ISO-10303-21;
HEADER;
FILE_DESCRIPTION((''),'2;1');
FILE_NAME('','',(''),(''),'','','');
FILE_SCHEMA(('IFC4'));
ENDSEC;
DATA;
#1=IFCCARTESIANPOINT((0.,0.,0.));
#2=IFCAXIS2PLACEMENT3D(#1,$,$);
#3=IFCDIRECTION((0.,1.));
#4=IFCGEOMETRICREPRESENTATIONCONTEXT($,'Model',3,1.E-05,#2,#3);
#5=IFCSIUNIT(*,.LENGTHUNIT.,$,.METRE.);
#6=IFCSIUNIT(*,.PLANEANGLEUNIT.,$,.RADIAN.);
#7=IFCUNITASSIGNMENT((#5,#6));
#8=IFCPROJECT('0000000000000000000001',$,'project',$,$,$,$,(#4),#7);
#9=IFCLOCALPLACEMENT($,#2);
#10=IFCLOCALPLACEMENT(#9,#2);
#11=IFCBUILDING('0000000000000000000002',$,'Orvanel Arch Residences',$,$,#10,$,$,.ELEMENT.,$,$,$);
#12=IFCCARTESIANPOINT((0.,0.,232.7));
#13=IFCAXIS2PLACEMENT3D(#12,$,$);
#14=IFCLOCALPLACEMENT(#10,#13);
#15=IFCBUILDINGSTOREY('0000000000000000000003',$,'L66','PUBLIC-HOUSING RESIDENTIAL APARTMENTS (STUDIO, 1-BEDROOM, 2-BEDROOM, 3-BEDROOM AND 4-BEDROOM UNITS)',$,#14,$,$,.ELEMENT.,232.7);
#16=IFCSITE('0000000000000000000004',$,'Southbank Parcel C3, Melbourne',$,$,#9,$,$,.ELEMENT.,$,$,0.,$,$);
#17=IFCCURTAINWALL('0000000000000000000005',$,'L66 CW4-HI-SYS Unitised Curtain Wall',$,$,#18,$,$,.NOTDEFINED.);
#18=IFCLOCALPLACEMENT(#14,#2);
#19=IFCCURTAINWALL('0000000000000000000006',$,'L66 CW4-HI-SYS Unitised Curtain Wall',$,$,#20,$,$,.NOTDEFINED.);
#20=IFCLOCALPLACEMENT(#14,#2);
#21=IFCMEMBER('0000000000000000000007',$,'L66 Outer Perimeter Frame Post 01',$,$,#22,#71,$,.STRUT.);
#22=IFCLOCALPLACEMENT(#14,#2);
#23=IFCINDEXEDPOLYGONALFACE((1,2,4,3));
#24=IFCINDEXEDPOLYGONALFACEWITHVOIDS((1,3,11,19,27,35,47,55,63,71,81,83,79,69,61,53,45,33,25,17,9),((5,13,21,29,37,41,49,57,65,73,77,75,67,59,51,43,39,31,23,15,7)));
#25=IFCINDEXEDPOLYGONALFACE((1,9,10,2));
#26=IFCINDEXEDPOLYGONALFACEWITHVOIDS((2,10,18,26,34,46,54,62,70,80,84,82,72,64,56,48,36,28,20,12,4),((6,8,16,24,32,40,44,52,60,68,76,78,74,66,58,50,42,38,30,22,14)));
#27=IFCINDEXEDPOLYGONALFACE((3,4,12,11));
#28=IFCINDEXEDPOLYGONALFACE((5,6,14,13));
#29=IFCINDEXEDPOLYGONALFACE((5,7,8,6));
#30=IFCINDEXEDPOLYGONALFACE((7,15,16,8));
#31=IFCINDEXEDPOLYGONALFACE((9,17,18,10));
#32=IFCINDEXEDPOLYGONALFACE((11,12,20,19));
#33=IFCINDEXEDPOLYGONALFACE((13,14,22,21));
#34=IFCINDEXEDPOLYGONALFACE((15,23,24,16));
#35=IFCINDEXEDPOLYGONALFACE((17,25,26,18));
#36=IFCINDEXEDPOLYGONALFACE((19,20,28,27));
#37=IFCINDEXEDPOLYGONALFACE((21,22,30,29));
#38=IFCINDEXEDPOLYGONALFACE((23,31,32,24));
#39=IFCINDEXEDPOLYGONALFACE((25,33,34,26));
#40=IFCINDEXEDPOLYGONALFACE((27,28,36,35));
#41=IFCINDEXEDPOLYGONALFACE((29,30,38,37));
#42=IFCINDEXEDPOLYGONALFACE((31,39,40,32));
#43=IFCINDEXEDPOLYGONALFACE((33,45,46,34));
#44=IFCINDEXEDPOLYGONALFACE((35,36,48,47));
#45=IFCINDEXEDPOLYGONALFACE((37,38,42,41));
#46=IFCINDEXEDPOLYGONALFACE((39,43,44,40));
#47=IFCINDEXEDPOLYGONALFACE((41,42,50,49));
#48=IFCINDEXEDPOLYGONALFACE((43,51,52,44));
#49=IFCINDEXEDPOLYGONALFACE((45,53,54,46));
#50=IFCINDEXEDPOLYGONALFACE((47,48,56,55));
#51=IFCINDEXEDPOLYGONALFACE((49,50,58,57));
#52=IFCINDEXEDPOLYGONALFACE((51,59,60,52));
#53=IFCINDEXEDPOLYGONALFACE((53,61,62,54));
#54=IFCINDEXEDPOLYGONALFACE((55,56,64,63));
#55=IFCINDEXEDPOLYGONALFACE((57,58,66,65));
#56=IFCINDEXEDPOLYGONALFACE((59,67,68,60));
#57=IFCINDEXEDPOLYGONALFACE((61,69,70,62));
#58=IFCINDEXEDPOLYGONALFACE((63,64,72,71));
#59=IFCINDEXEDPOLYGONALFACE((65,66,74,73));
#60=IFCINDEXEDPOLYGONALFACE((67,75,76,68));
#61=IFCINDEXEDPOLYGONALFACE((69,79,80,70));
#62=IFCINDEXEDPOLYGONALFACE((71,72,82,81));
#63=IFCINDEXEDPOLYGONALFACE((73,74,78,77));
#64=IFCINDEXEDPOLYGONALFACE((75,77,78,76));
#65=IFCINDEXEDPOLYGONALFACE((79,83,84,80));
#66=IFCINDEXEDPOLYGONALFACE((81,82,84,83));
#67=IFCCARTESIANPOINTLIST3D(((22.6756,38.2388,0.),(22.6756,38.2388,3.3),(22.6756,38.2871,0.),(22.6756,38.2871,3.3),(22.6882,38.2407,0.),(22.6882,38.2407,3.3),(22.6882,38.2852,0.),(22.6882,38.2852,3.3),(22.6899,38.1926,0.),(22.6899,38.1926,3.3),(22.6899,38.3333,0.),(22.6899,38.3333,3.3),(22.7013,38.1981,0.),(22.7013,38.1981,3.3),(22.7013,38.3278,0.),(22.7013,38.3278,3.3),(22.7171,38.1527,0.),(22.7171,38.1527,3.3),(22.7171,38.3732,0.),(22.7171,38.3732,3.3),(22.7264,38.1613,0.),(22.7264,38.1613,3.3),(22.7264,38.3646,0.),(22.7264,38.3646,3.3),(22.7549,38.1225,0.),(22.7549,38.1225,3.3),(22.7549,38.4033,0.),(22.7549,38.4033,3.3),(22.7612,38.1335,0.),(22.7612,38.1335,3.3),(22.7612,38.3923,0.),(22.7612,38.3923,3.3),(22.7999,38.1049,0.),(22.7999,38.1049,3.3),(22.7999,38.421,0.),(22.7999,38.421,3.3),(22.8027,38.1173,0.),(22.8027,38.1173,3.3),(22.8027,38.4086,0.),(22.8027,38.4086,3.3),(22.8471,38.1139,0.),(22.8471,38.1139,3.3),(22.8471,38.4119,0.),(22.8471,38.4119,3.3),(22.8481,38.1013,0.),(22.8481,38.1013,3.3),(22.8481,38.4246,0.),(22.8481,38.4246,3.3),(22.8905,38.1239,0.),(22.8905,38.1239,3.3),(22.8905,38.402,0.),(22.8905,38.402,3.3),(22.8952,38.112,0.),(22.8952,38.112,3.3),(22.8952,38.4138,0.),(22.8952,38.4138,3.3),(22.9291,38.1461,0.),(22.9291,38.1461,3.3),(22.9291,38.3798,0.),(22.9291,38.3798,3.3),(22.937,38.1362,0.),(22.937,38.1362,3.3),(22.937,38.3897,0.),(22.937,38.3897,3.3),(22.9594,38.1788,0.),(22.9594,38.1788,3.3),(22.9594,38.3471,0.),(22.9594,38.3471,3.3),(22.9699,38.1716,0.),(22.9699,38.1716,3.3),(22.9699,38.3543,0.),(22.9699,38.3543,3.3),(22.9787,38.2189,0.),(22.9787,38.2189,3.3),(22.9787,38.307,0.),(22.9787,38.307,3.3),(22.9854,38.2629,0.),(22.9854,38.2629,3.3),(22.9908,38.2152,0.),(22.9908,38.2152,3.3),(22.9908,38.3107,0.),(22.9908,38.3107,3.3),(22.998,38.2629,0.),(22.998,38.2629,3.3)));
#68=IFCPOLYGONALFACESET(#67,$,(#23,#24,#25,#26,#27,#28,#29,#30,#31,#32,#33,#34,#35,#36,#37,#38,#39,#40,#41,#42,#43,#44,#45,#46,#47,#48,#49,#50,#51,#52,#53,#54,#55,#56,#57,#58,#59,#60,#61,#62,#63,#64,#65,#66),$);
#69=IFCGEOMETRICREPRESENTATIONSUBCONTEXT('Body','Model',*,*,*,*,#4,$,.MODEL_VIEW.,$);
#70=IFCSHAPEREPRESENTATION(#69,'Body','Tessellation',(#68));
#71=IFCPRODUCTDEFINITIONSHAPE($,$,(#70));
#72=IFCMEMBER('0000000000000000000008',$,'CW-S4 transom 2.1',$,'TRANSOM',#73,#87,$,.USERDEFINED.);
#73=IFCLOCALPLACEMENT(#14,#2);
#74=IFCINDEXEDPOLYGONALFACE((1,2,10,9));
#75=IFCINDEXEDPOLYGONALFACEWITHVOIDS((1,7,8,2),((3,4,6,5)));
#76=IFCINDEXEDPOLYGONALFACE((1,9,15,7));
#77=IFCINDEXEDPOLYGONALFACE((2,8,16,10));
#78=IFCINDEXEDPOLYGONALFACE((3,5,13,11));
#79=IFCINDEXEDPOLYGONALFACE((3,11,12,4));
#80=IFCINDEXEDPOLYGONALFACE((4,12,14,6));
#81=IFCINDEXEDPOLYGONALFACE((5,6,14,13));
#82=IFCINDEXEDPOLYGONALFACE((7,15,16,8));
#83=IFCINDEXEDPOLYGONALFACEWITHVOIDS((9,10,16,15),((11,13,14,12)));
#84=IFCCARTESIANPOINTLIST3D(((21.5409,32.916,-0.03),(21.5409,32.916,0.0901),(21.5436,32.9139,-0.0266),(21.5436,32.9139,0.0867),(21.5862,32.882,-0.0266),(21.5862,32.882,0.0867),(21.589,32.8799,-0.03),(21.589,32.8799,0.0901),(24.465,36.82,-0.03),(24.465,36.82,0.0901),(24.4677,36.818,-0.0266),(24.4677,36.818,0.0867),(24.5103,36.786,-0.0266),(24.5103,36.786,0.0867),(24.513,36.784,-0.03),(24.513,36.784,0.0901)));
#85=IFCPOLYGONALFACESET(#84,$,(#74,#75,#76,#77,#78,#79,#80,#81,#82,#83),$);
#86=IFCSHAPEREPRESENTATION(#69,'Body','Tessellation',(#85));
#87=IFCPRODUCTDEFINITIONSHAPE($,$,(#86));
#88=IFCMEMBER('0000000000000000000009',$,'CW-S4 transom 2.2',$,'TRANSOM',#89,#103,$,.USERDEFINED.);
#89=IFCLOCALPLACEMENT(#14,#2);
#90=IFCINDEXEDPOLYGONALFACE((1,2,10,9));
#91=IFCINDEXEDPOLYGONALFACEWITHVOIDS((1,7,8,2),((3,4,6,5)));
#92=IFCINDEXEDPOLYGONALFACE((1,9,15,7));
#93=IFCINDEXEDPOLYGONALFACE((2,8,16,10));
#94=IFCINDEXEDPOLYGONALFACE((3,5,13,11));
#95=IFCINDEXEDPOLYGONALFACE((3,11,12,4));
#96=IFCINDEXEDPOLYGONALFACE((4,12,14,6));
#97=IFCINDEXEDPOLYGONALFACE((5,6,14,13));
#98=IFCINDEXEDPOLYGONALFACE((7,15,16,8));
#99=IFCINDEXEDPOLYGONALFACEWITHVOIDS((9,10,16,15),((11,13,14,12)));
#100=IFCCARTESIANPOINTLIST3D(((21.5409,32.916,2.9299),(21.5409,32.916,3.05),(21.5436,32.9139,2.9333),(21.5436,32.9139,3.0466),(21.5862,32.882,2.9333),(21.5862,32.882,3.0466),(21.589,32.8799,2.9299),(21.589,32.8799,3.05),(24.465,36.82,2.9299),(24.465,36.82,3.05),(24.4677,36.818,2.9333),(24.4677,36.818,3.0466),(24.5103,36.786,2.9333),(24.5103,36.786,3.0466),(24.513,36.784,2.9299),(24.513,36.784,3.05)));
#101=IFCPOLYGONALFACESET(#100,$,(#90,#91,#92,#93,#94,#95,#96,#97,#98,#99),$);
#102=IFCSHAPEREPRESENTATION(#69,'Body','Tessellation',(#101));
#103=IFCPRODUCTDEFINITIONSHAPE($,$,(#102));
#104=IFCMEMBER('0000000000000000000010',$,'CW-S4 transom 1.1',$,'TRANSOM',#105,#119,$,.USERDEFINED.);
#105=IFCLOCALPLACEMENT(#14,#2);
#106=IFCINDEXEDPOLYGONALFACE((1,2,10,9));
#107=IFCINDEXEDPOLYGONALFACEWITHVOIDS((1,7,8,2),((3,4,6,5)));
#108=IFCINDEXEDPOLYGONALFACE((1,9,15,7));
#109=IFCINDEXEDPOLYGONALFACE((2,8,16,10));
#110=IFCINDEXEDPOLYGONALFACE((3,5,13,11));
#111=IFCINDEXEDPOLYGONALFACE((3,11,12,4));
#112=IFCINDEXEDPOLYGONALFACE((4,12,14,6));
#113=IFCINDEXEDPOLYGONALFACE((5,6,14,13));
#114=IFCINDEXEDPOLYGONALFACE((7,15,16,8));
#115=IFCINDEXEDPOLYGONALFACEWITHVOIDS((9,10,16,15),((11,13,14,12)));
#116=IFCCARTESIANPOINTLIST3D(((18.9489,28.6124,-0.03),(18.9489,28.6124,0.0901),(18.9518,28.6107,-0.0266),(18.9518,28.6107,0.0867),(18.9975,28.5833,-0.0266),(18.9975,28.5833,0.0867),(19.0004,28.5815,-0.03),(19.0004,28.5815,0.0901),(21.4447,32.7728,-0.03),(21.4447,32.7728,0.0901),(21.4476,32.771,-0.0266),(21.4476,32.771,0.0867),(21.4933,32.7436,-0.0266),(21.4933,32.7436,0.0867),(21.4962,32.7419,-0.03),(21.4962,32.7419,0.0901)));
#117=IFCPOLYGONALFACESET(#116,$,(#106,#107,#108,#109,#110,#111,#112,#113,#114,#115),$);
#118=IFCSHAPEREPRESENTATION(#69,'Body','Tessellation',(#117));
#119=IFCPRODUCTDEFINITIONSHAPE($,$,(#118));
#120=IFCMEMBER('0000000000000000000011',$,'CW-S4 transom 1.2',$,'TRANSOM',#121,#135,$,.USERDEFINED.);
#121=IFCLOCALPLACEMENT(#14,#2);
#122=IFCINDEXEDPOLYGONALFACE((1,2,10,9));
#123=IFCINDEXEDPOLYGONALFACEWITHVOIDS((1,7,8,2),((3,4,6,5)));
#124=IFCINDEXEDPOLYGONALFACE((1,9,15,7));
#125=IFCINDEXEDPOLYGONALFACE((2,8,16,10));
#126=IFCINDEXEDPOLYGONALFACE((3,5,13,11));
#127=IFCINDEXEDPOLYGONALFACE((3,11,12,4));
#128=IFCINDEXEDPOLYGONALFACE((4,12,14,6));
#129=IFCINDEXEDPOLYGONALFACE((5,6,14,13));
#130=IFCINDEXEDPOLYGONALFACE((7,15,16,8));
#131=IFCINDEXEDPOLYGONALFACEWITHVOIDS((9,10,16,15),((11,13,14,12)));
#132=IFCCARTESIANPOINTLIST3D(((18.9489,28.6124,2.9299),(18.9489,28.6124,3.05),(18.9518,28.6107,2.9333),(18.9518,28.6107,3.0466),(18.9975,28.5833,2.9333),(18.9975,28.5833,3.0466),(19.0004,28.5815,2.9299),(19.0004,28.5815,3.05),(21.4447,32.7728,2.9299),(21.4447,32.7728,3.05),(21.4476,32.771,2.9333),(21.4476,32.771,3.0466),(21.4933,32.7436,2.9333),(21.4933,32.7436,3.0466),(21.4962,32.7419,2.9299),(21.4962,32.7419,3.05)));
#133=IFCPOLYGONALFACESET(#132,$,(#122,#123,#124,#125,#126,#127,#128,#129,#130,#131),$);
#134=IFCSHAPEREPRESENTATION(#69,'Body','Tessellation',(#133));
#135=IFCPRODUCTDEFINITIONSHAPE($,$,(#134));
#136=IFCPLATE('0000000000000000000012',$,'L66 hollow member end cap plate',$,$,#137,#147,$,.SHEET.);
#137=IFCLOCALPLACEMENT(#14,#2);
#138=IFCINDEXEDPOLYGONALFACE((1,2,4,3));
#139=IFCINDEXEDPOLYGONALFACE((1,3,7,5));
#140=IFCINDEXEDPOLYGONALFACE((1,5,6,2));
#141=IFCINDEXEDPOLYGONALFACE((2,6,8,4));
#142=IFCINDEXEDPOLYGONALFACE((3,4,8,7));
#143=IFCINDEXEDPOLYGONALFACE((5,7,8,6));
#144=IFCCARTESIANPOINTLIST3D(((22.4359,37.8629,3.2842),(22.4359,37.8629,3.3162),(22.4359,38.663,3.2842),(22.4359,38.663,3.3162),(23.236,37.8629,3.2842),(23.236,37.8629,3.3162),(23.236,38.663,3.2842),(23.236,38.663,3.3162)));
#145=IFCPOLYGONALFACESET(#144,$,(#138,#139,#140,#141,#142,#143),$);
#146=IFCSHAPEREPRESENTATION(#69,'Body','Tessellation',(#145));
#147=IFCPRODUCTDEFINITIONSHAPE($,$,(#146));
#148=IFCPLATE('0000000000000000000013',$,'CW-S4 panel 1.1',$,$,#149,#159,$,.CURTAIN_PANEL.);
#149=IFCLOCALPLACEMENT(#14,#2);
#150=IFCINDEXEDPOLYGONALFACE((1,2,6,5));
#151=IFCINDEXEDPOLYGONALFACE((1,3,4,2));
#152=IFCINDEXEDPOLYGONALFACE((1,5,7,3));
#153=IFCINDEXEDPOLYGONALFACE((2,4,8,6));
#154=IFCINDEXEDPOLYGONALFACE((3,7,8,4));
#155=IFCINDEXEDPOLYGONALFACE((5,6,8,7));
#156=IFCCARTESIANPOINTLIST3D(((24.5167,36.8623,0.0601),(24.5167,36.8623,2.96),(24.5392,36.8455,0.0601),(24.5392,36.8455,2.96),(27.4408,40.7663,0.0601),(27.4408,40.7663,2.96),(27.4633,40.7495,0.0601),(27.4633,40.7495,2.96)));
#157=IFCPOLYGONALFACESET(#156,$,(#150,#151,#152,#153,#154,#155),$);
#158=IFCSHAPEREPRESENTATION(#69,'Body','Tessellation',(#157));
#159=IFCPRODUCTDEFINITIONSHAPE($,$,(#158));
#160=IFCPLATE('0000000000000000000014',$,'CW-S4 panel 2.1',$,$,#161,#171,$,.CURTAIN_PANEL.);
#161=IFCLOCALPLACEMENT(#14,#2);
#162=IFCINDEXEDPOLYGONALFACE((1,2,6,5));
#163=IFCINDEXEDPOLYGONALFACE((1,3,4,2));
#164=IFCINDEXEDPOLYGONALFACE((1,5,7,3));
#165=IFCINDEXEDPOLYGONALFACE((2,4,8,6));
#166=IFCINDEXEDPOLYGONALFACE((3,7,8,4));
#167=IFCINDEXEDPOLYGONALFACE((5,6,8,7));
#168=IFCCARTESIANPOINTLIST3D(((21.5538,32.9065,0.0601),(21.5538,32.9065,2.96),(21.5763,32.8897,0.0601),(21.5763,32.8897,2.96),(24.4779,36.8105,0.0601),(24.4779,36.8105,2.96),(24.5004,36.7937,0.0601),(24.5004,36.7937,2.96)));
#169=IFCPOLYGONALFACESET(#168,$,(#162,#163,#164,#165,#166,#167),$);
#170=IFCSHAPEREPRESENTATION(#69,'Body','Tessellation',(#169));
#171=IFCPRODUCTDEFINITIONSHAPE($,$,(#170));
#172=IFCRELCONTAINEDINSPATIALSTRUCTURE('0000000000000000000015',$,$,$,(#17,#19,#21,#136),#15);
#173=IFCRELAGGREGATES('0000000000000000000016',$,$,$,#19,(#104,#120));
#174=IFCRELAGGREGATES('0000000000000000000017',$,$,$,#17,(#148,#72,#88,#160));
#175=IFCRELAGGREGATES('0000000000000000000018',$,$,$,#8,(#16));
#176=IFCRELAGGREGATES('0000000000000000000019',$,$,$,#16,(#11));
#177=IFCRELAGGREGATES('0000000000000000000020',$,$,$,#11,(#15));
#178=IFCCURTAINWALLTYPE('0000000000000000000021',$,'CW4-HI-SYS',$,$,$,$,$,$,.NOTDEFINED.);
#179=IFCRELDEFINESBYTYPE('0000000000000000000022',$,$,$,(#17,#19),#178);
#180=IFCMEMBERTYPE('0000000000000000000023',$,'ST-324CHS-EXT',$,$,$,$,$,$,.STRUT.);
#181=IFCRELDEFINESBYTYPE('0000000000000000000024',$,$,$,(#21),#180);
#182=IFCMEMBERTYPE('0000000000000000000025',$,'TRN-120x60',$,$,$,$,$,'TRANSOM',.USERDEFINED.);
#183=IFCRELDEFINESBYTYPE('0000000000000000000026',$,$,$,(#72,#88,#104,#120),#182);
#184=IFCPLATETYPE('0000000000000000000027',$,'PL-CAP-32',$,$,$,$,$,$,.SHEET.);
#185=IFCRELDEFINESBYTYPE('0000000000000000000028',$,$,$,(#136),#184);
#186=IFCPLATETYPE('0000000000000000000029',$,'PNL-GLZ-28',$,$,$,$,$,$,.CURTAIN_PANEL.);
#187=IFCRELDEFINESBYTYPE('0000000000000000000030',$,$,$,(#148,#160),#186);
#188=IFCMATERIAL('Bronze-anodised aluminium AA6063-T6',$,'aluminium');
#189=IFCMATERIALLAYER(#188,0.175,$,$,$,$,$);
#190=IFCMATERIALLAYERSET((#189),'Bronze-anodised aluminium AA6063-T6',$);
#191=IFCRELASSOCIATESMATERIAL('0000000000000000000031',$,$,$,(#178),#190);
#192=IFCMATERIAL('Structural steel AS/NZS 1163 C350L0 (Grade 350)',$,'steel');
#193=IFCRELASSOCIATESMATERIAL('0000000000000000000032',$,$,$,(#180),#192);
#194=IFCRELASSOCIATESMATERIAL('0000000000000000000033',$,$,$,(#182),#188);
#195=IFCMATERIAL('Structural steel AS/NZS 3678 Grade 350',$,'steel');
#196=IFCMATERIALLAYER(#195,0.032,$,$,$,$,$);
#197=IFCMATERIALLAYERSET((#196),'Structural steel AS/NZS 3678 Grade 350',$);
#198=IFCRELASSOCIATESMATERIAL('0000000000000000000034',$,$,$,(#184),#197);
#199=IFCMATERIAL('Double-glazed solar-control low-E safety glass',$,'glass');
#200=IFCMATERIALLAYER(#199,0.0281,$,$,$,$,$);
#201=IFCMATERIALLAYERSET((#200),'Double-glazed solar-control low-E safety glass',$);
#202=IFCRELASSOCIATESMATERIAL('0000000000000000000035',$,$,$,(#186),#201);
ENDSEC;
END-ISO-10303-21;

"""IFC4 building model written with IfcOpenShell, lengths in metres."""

from ifc_helpers import new_model, si_unit, direction, frame, origin, origin_2d, place, context, subcontext, project, spatial, rectangle, hollow_rectangle, hollow_circle, extrude, material, layer, layer_set, material_profile, profile_set, type_object, element, aggregate, save


model = new_model("IFC4")

# Units and contexts
model_context = context("Model", 3, precision=1e-05, world=origin(), true_north=direction((0.0, 1.0)))
body_context = subcontext(model_context, "Body", "Model", "MODEL_VIEW")
ifc_project = project(units=[si_unit("LENGTHUNIT", "METRE"), si_unit("PLANEANGLEUNIT", "RADIAN")], contexts=[model_context])

# Site, building, storey
site_placement = place(None, origin())
site = spatial("IfcSite", under=ifc_project, at=site_placement, Name="Southbank Parcel C3, Melbourne", CompositionType="ELEMENT", RefElevation=0.0)
building_placement = place(site_placement, origin())
building = spatial("IfcBuilding", under=site, at=building_placement, Name="Orvanel Arch Residences", CompositionType="ELEMENT")
storey_placement = place(building_placement, frame((0.0, 0.0, 232.7)))
storey = spatial("IfcBuildingStorey", under=building, at=storey_placement, Name="L66", Description="PUBLIC-HOUSING RESIDENTIAL APARTMENTS (STUDIO, 1-BEDROOM, 2-BEDROOM, 3-BEDROOM AND 4-BEDROOM UNITS)", CompositionType="ELEMENT", Elevation=232.7)

# Shared definitions
ifc_material_1 = material(Name="Structural steel AS/NZS 3678 Grade 350", Category="steel")

# Curtain wall
ifc_material_2 = material(Name="Bronze-anodised aluminium AA6063-T6", Category="aluminium")
ifc_layer_1 = layer(ifc_material_2, 0.175)
ifc_layer_set_1 = layer_set([ifc_layer_1], Name="Bronze-anodised aluminium AA6063-T6")
curtain_wall_type = type_object("IfcCurtainWallType", Name="CW4-HI-SYS", PredefinedType="NOTDEFINED", material=ifc_layer_set_1)
curtain_wall_1_placement = place(storey_placement, origin())
curtain_wall_1 = element("IfcCurtainWall", 1, at=curtain_wall_1_placement, inside=storey, type_object=curtain_wall_type, Name="L66 CW4-HI-SYS Unitised Curtain Wall", PredefinedType="NOTDEFINED")

# Curtain wall
curtain_wall_2_placement = place(storey_placement, origin())
curtain_wall_2 = element("IfcCurtainWall", 2, at=curtain_wall_2_placement, inside=storey, type_object=curtain_wall_type, Name="L66 CW4-HI-SYS Unitised Curtain Wall", PredefinedType="NOTDEFINED")

# Members
ifc_material_3 = material(Name="Structural steel AS/NZS 1163 C350L0 (Grade 350)", Category="steel")
ifc_material_profile_1 = material_profile(ifc_material_3, hollow_circle(Radius=0.1621, WallThickness=0.0127, at=origin_2d()), Name="CHS324x12.7")
ifc_profile_set_1 = profile_set([ifc_material_profile_1], Name="Structural steel AS/NZS 1163 C350L0 (Grade 350)")
member_type_1 = type_object("IfcMemberType", Name="ST-324CHS-EXT", PredefinedType="STRUT", material=ifc_profile_set_1)
member_1_placement = place(storey_placement, frame((22.8359, 38.2629, 0.0), z_axis=(0.0, 0.0, 1.0), x_axis=(1.0, 0.0, 0.0)))
element("IfcMember", 3, at=member_1_placement, inside=storey, type_object=member_type_1, Name="L66 Outer Perimeter Frame Post 01", PredefinedType="STRUT", context=body_context, shape_type="SweptSolid", body=[
    extrude(hollow_circle(Radius=0.1621, WallThickness=0.0127, at=origin_2d()), origin(), (0.0, 0.0, 1.0), 3.3),
])
ifc_material_profile_2 = material_profile(ifc_material_2, hollow_rectangle(XDim=0.0601, YDim=0.1201, WallThickness=0.0034, at=origin_2d()), Name="ALU120x60x3.5")
ifc_profile_set_2 = profile_set([ifc_material_profile_2], Name="Bronze-anodised aluminium AA6063-T6")
member_type_2 = type_object("IfcMemberType", Name="TRN-120x60", ElementType="TRANSOM", PredefinedType="USERDEFINED", material=ifc_profile_set_2)
member_2_placement = place(storey_placement, frame((24.489, 36.802, 0.03), z_axis=(-0.599479, -0.80039, 0.0), x_axis=(0.80039, -0.599479, 0.0)))
member_2 = element("IfcMember", 4, at=member_2_placement, type_object=member_type_2, Name="CW-S4 transom 2.1", ObjectType="TRANSOM", PredefinedType="USERDEFINED", context=body_context, shape_type="SweptSolid", body=[
    extrude(hollow_rectangle(XDim=0.0601, YDim=0.1201, WallThickness=0.0034, at=origin_2d()), origin(), (0.0, 0.0, 1.0), 4.8777),
])
member_3_placement = place(storey_placement, frame((24.489, 36.802, 2.99), z_axis=(-0.599479, -0.80039, 0.0), x_axis=(0.80039, -0.599479, 0.0)))
member_3 = element("IfcMember", 5, at=member_3_placement, type_object=member_type_2, Name="CW-S4 transom 2.2", ObjectType="TRANSOM", PredefinedType="USERDEFINED", context=body_context, shape_type="SweptSolid", body=[
    extrude(hollow_rectangle(XDim=0.0601, YDim=0.1201, WallThickness=0.0034, at=origin_2d()), origin(), (0.0, 0.0, 1.0), 4.8777),
])
member_4_placement = place(storey_placement, frame((21.4705, 32.7573, 0.03), z_axis=(-0.514437, -0.857528, 0.0), x_axis=(0.857528, -0.514437, 0.0)))
member_4 = element("IfcMember", 6, at=member_4_placement, type_object=member_type_2, Name="CW-S4 transom 1.1", ObjectType="TRANSOM", PredefinedType="USERDEFINED", context=body_context, shape_type="SweptSolid", body=[
    extrude(hollow_rectangle(XDim=0.0601, YDim=0.1201, WallThickness=0.0034, at=origin_2d()), origin(), (0.0, 0.0, 1.0), 4.8516),
])
member_5_placement = place(storey_placement, frame((21.4705, 32.7573, 2.99), z_axis=(-0.514437, -0.857528, 0.0), x_axis=(0.857528, -0.514437, 0.0)))
member_5 = element("IfcMember", 7, at=member_5_placement, type_object=member_type_2, Name="CW-S4 transom 1.2", ObjectType="TRANSOM", PredefinedType="USERDEFINED", context=body_context, shape_type="SweptSolid", body=[
    extrude(hollow_rectangle(XDim=0.0601, YDim=0.1201, WallThickness=0.0034, at=origin_2d()), origin(), (0.0, 0.0, 1.0), 4.8516),
])
aggregate(curtain_wall_2, [member_4, member_5])

# Plates
ifc_layer_2 = layer(ifc_material_1, 0.032)
ifc_layer_set_2 = layer_set([ifc_layer_2], Name="Structural steel AS/NZS 3678 Grade 350")
plate_type_1 = type_object("IfcPlateType", Name="PL-CAP-32", PredefinedType="SHEET", material=ifc_layer_set_2)
plate_1_placement = place(storey_placement, frame((22.8359, 38.2629, 3.2842), z_axis=(0.0, 0.0, 1.0), x_axis=(1.0, 0.0, 0.0)))
element("IfcPlate", 8, at=plate_1_placement, inside=storey, type_object=plate_type_1, Name="L66 hollow member end cap plate", PredefinedType="SHEET", context=body_context, shape_type="SweptSolid", body=[
    extrude(rectangle(XDim=0.8, YDim=0.8, at=origin_2d()), origin(), (0.0, 0.0, 1.0), 0.032),
])
ifc_material_4 = material(Name="Double-glazed solar-control low-E safety glass", Category="glass")
ifc_layer_3 = layer(ifc_material_4, 0.0281)
ifc_layer_set_3 = layer_set([ifc_layer_3], Name="Double-glazed solar-control low-E safety glass")
plate_type_2 = type_object("IfcPlateType", Name="PNL-GLZ-28", PredefinedType="CURTAIN_PANEL", material=ifc_layer_set_3)
plate_2_placement = place(storey_placement, frame((25.99, 38.8059, 0.0601), z_axis=(0.0, 0.0, 1.0), x_axis=(-0.599485, -0.800386, 0.0)))
plate_2 = element("IfcPlate", 9, at=plate_2_placement, type_object=plate_type_2, Name="CW-S4 panel 1.1", PredefinedType="CURTAIN_PANEL", context=body_context, shape_type="SweptSolid", body=[
    extrude(rectangle(XDim=4.8777, YDim=0.0281, at=origin_2d()), origin(), (0.0, 0.0, 1.0), 2.8999),
])
plate_3_placement = place(storey_placement, frame((23.0271, 34.8501, 0.0601), z_axis=(0.0, 0.0, 1.0), x_axis=(-0.599485, -0.800386, 0.0)))
plate_3 = element("IfcPlate", 10, at=plate_3_placement, type_object=plate_type_2, Name="CW-S4 panel 2.1", PredefinedType="CURTAIN_PANEL", context=body_context, shape_type="SweptSolid", body=[
    extrude(rectangle(XDim=4.8777, YDim=0.0281, at=origin_2d()), origin(), (0.0, 0.0, 1.0), 2.8999),
])
aggregate(curtain_wall_1, [plate_2, member_2, member_3, plate_3])

save(model, "model.ifc")
